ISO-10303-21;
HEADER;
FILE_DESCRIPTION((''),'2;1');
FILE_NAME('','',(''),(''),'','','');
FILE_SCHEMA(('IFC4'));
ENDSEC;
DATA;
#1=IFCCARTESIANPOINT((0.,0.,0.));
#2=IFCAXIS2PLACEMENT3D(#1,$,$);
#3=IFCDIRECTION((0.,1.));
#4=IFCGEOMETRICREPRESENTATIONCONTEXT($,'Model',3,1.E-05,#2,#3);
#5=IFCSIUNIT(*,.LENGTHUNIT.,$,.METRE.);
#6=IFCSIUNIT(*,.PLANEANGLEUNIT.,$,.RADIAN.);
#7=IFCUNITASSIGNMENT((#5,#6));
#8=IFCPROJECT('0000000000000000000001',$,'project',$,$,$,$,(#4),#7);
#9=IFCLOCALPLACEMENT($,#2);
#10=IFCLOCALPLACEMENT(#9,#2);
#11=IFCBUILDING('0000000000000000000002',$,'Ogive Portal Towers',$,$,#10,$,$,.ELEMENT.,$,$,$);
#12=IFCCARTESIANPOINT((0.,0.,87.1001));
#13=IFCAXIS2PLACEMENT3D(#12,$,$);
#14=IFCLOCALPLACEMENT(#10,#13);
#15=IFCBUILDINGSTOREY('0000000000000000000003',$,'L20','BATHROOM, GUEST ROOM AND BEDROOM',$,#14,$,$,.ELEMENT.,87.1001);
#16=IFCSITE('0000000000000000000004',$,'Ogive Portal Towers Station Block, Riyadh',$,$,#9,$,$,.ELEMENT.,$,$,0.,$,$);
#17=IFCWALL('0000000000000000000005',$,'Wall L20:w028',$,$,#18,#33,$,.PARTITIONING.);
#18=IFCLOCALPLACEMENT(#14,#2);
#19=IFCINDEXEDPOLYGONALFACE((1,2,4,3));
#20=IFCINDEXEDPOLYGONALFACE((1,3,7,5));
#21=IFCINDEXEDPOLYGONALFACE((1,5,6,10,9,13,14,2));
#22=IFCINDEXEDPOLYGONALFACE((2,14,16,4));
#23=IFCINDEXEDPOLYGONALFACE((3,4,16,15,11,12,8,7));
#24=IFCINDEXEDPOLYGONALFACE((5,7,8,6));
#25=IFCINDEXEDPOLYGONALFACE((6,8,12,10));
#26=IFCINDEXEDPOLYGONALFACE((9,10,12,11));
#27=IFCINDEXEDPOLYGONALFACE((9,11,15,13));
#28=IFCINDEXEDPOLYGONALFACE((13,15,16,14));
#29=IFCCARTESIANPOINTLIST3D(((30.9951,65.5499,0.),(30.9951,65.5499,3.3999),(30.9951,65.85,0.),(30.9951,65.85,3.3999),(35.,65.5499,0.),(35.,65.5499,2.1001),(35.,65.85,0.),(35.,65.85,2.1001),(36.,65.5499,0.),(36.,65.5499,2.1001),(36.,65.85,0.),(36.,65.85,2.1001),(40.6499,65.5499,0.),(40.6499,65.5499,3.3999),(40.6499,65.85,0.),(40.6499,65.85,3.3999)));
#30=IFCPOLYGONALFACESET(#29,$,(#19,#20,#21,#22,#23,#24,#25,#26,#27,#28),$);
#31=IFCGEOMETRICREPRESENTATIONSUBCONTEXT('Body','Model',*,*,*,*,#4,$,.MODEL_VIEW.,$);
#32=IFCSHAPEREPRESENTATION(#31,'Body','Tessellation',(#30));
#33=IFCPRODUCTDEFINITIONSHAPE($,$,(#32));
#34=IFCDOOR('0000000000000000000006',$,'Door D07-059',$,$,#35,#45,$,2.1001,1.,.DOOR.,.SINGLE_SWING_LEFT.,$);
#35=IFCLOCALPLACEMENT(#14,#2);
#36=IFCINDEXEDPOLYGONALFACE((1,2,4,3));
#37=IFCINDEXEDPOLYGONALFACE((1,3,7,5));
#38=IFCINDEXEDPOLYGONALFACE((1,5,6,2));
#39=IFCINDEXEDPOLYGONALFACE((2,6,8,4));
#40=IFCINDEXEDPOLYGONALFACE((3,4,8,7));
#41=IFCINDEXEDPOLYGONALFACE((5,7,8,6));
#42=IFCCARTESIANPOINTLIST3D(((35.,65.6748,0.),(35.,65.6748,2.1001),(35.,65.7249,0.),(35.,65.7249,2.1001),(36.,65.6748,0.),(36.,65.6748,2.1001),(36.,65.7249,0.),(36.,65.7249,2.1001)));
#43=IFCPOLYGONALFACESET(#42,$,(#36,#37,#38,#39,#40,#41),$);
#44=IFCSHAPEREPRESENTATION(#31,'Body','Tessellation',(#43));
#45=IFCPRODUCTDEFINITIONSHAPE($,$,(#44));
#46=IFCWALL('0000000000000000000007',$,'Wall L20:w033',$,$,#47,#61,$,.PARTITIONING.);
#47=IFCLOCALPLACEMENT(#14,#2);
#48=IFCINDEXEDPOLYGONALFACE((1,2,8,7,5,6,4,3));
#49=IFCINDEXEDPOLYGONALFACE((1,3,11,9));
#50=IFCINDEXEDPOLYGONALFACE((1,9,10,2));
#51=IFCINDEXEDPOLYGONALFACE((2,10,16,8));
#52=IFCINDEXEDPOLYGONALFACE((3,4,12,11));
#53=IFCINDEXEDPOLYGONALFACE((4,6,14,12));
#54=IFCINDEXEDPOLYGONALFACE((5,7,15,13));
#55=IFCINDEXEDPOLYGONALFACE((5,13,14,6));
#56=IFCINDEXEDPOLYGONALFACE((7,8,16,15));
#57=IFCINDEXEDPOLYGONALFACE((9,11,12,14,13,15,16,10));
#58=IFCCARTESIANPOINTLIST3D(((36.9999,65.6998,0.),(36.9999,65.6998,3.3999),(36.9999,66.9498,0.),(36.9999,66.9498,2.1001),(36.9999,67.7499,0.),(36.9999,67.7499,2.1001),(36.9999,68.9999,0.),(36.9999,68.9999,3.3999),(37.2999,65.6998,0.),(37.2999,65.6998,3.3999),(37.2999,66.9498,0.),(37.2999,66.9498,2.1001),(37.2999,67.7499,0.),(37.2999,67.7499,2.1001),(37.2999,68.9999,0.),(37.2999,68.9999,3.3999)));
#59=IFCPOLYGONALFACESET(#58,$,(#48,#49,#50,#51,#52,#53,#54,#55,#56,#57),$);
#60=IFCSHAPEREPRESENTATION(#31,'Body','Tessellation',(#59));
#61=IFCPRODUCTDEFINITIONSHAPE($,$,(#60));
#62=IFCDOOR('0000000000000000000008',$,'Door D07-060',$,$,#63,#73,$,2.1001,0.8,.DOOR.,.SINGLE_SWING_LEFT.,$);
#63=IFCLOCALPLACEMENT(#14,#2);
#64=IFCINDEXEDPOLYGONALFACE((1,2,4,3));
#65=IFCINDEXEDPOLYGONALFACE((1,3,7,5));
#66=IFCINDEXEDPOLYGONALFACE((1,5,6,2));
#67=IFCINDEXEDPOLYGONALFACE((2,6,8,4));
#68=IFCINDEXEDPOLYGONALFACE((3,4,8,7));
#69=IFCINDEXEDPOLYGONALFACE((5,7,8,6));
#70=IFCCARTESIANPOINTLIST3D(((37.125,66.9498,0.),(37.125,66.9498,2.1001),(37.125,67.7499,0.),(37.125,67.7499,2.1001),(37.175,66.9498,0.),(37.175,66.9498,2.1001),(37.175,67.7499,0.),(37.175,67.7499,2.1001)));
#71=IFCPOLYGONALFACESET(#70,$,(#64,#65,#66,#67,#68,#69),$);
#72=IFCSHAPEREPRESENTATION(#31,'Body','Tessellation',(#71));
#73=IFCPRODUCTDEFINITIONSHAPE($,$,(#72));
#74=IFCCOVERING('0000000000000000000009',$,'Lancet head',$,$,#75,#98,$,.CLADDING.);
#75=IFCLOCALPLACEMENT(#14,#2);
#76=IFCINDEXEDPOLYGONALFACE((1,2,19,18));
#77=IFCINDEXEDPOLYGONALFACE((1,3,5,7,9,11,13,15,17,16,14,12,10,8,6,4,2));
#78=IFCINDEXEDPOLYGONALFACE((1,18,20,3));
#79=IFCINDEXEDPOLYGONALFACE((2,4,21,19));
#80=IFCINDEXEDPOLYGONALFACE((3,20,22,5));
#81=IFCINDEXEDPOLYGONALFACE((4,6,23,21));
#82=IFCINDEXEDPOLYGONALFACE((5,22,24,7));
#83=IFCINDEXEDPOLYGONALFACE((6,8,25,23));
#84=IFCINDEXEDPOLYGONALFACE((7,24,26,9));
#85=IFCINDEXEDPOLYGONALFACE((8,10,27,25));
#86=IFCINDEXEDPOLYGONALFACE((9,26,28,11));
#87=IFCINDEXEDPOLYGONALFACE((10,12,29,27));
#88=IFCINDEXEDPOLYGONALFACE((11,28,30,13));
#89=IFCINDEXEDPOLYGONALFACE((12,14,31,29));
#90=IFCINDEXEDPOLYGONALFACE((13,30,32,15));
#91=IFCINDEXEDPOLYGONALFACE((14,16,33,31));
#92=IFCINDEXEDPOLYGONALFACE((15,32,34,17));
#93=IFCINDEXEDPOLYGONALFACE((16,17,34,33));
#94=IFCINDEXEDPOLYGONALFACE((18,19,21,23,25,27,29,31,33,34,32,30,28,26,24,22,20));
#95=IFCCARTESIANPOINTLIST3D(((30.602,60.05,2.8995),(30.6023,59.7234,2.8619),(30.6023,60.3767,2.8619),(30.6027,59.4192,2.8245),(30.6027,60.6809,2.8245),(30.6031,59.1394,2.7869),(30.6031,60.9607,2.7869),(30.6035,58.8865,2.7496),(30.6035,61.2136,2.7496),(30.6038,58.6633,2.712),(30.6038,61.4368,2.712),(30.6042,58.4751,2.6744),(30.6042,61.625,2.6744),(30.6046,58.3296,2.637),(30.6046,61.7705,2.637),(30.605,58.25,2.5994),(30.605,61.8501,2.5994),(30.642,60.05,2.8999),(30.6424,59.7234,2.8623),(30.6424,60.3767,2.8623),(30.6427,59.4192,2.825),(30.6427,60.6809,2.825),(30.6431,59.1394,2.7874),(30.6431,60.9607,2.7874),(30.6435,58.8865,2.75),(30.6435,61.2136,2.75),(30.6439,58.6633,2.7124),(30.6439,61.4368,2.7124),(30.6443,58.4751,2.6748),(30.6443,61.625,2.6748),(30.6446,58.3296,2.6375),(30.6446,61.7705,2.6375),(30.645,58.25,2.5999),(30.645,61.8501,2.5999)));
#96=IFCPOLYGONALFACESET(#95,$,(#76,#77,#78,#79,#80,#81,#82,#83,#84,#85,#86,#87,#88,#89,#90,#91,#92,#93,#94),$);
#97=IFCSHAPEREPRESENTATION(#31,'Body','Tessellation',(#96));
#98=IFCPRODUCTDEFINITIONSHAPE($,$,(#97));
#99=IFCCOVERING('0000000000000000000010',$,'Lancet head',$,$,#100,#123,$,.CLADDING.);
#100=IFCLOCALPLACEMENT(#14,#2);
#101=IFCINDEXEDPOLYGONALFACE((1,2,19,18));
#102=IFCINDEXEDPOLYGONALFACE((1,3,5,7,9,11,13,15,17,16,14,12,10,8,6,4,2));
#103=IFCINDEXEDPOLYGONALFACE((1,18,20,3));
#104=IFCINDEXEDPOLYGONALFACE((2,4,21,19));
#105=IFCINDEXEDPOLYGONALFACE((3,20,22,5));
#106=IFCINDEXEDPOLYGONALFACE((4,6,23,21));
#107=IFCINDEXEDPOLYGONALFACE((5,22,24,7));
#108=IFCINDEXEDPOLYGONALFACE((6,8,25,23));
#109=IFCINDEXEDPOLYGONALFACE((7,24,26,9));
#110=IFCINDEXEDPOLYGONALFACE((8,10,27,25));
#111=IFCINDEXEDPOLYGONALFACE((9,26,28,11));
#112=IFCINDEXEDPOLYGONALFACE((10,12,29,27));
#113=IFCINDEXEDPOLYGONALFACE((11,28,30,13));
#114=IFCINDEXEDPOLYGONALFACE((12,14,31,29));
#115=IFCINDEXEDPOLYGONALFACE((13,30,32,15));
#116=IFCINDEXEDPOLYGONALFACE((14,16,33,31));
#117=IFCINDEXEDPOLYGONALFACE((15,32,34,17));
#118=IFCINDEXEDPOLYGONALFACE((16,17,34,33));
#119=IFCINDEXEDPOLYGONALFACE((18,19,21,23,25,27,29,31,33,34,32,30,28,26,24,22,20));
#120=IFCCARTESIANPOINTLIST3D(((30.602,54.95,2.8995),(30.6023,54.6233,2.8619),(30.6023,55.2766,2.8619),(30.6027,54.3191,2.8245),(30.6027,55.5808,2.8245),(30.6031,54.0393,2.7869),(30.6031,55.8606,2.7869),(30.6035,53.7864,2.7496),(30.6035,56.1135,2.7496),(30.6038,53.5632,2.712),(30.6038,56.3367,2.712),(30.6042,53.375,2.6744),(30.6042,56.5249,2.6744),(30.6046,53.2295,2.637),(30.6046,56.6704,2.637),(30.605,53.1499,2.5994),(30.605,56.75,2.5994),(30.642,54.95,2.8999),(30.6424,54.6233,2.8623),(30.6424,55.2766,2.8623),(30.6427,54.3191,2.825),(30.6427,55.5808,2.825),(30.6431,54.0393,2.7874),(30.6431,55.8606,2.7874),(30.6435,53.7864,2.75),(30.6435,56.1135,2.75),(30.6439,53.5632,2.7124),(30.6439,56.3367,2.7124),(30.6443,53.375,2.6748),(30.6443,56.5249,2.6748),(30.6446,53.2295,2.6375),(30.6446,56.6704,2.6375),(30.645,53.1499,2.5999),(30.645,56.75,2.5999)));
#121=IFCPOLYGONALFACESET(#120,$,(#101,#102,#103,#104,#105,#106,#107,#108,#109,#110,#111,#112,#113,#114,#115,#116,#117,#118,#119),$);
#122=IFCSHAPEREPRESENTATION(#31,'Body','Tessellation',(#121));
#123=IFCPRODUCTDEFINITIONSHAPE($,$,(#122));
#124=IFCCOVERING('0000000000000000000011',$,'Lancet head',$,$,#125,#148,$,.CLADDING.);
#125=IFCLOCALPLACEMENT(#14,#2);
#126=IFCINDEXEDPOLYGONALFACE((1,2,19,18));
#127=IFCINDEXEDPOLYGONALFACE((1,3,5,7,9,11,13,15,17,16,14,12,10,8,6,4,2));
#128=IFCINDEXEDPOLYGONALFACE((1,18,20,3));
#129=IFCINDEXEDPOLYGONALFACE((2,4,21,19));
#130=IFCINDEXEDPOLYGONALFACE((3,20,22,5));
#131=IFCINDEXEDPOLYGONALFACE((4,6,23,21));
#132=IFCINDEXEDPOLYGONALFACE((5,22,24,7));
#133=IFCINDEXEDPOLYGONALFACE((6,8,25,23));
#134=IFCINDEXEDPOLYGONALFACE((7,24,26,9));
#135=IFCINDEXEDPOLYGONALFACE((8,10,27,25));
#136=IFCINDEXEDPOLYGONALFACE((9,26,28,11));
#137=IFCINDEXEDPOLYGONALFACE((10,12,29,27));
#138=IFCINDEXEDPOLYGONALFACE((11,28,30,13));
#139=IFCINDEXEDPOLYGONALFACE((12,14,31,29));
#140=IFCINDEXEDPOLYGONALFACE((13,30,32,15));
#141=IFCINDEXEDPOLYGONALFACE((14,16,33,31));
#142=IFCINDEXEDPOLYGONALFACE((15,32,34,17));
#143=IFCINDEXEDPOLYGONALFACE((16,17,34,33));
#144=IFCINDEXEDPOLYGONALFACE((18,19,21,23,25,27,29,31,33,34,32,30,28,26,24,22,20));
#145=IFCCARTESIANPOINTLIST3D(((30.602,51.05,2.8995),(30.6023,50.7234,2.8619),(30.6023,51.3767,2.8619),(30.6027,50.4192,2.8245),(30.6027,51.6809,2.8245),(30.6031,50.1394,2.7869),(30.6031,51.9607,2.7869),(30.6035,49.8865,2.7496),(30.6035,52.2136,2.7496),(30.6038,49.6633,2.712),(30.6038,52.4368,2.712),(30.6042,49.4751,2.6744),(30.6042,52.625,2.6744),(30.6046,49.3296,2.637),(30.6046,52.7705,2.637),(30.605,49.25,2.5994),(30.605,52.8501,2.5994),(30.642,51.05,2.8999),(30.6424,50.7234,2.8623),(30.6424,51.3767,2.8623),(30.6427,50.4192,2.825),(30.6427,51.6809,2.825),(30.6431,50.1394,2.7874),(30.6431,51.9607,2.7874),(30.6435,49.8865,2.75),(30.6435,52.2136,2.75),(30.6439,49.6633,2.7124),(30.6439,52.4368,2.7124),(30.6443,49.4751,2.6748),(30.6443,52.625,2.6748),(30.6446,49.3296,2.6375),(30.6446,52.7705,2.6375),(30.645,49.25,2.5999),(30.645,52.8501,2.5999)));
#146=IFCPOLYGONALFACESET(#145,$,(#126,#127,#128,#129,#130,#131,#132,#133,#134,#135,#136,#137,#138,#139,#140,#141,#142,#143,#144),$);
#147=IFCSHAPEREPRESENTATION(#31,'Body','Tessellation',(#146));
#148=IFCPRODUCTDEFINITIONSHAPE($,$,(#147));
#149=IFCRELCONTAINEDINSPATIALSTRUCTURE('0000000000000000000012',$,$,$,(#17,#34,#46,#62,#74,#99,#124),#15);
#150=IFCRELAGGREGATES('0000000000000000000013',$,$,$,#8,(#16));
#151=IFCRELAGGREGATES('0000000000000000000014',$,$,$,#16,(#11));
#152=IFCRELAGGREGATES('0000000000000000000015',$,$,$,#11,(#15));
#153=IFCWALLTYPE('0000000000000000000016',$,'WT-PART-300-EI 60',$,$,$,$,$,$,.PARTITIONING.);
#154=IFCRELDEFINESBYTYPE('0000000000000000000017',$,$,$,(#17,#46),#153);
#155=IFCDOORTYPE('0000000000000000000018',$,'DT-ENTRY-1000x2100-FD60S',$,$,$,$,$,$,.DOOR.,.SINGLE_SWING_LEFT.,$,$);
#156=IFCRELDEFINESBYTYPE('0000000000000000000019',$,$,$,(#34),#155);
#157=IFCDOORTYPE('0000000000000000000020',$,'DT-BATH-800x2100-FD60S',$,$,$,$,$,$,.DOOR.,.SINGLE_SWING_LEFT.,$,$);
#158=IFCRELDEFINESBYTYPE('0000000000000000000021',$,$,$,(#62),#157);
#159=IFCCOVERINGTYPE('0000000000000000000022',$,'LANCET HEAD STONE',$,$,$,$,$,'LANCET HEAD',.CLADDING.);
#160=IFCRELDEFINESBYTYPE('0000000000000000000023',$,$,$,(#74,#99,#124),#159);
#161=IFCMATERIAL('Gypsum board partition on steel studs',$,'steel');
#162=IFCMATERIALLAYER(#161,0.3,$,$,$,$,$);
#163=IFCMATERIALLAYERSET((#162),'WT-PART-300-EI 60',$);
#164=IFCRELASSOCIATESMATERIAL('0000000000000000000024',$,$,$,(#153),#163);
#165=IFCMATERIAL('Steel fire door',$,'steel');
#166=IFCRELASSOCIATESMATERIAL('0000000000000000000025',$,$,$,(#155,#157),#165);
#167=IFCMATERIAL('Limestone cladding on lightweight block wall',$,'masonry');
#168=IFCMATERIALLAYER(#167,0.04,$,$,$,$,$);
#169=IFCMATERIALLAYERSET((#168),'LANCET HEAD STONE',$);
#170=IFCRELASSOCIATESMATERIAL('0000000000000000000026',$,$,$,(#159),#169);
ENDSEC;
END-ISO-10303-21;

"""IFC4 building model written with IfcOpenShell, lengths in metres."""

from ifc_helpers import new_model, si_unit, direction, frame, frame_2d, origin, place, context, subcontext, project, spatial, polyline, rectangle, outline, extrude, material, layer, layer_set, type_object, element, fill, save


model = new_model("IFC4")

# Units and contexts
model_context = context("Model", 3, precision=1e-05, world=origin(), true_north=direction((0.0, 1.0)))
body_context = subcontext(model_context, "Body", "Model", "MODEL_VIEW")
ifc_project = project(units=[si_unit("LENGTHUNIT", "METRE"), si_unit("PLANEANGLEUNIT", "RADIAN")], contexts=[model_context])

# Site, building, storey
site_placement = place(None, origin())
site = spatial("IfcSite", under=ifc_project, at=site_placement, Name="Ogive Portal Towers Station Block, Riyadh", CompositionType="ELEMENT", RefElevation=0.0)
building_placement = place(site_placement, origin())
building = spatial("IfcBuilding", under=site, at=building_placement, Name="Ogive Portal Towers", CompositionType="ELEMENT")
storey_placement = place(building_placement, frame((0.0, 0.0, 87.1001)))
storey = spatial("IfcBuildingStorey", under=building, at=storey_placement, Name="L20", Description="BATHROOM, GUEST ROOM AND BEDROOM", CompositionType="ELEMENT", Elevation=87.1001)

# Shared definitions
ifc_material_1 = material(Name="Steel fire door", Category="steel")

# Shared definitions
ifc_material_2 = material(Name="Gypsum board partition on steel studs", Category="steel")
ifc_layer_1 = layer(ifc_material_2, 0.3)
ifc_layer_set_1 = layer_set([ifc_layer_1], Name="WT-PART-300-EI 60")
wall_type_1 = type_object("IfcWallType", Name="WT-PART-300-EI 60", PredefinedType="PARTITIONING", material=ifc_layer_set_1)

# Walls, openings, doors
wall_1_placement = place(storey_placement, frame((30.9951, 65.7, 0.0), z_axis=(0.0, 0.0, 1.0), x_axis=(1.0, 0.0, 0.0)))
wall_1 = element("IfcWall", 1, at=wall_1_placement, inside=storey, type_object=wall_type_1, Name="Wall L20:w028", PredefinedType="PARTITIONING", context=body_context, shape_type="SweptSolid", body=[
    extrude(rectangle(XDim=9.6548, YDim=0.3, at=frame_2d((4.8274, 0.0))), origin(), (0.0, 0.0, 1.0), 3.3999),
])
opening_1_placement = place(wall_1_placement, frame((4.0049, 0.0, 0.0)))
opening_1 = element("IfcOpeningElement", 2, at=opening_1_placement, cuts=wall_1, PredefinedType="OPENING", context=body_context, shape_type="SweptSolid", body=[
    extrude(rectangle(XDim=1.0, YDim=2.1001, at=frame_2d((0.5, 1.05))), frame((0.0, 0.1602, 0.0), z_axis=(0.0, -1.0, 0.0), x_axis=(1.0, 0.0, 0.0)), (0.0, 0.0, 1.0), 0.3201),
])
door_type_1 = type_object("IfcDoorType", Name="DT-ENTRY-1000x2100-FD60S", OperationType="SINGLE_SWING_LEFT", PredefinedType="DOOR", material=ifc_material_1)
door_1_placement = place(opening_1_placement, origin())
door_1 = element("IfcDoor", 3, at=door_1_placement, inside=storey, type_object=door_type_1, Name="Door D07-059", OperationType="SINGLE_SWING_LEFT", OverallHeight=2.1001, OverallWidth=1.0, PredefinedType="DOOR", context=body_context, shape_type="SweptSolid", body=[
    extrude(rectangle(XDim=1.0, YDim=2.1001, at=frame_2d((0.5, 1.05))), frame((0.0, 0.0249, 0.0), z_axis=(0.0, -1.0, 0.0), x_axis=(1.0, 0.0, 0.0)), (0.0, 0.0, 1.0), 0.05),
])
fill(opening_1, door_1)
wall_2_placement = place(storey_placement, frame((37.1499, 65.7, 0.0), z_axis=(0.0, 0.0, 1.0), x_axis=(0.0, 1.0, 0.0)))
wall_2 = element("IfcWall", 4, at=wall_2_placement, inside=storey, type_object=wall_type_1, Name="Wall L20:w033", PredefinedType="PARTITIONING", context=body_context, shape_type="SweptSolid", body=[
    extrude(rectangle(XDim=3.3, YDim=0.3, at=frame_2d((1.6499, 0.0))), origin(), (0.0, 0.0, 1.0), 3.3999),
])
opening_2_placement = place(wall_2_placement, frame((1.25, 0.0, 0.0)))
opening_2 = element("IfcOpeningElement", 5, at=opening_2_placement, cuts=wall_2, PredefinedType="OPENING", context=body_context, shape_type="SweptSolid", body=[
    extrude(rectangle(XDim=0.8, YDim=2.1001, at=frame_2d((0.3999, 1.05))), frame((0.0, 0.1602, 0.0), z_axis=(0.0, -1.0, 0.0), x_axis=(1.0, 0.0, 0.0)), (0.0, 0.0, 1.0), 0.3201),
])
door_type_2 = type_object("IfcDoorType", Name="DT-BATH-800x2100-FD60S", OperationType="SINGLE_SWING_LEFT", PredefinedType="DOOR", material=ifc_material_1)
door_2_placement = place(opening_2_placement, origin())
door_2 = element("IfcDoor", 6, at=door_2_placement, inside=storey, type_object=door_type_2, Name="Door D07-060", OperationType="SINGLE_SWING_LEFT", OverallHeight=2.1001, OverallWidth=0.8, PredefinedType="DOOR", context=body_context, shape_type="SweptSolid", body=[
    extrude(rectangle(XDim=0.8, YDim=2.1001, at=frame_2d((0.3999, 1.05))), frame((0.0, 0.0249, 0.0), z_axis=(0.0, -1.0, 0.0), x_axis=(1.0, 0.0, 0.0)), (0.0, 0.0, 1.0), 0.05),
])
fill(opening_2, door_2)

# Coverings
ifc_material_3 = material(Name="Limestone cladding on lightweight block wall", Category="masonry")
ifc_layer_2 = layer(ifc_material_3, 0.04)
ifc_layer_set_2 = layer_set([ifc_layer_2], Name="LANCET HEAD STONE")
covering_type = type_object("IfcCoveringType", Name="LANCET HEAD STONE", ElementType="LANCET HEAD", PredefinedType="CLADDING", material=ifc_layer_set_2)
for number, where, z_axis, x_axis, name in (
    (7, (30.645, 61.8501, 2.5999), (0.999949, 0.0, 0.010103), (0.0, -1.0, 0.0), "Lancet head"),
    (8, (30.645, 56.75, 2.5999), (0.999949, 0.0, 0.010103), (0.0, -1.0, 0.0), "Lancet head"),
    (9, (30.645, 52.8501, 2.5999), (0.999949, 0.0, 0.010103), (0.0, -1.0, 0.0), "Lancet head"),
):
    element("IfcCovering", number, at=place(storey_placement, frame(where, z_axis=z_axis, x_axis=x_axis)), inside=storey, type_object=covering_type, Name=name, PredefinedType="CLADDING", context=body_context, shape_type="SweptSolid", body=[
        extrude(outline(polyline([(0.0, 0.0), (3.6001, 0.0), (3.5205, -0.0376), (3.375, -0.075), (3.1868, -0.1126), (2.9636, -0.1502), (2.7107, -0.1875), (2.4309, -0.2251), (2.1267, -0.2625), (1.8, -0.3001), (1.4734, -0.2625), (1.1692, -0.2251), (0.8894, -0.1875), (0.6365, -0.1502), (0.4133, -0.1126), (0.2251, -0.075), (0.0796, -0.0376), (0.0, 0.0)])), origin(), (0.0, 0.0, -1.0), 0.04),
    ])

save(model, "model.ifc")
